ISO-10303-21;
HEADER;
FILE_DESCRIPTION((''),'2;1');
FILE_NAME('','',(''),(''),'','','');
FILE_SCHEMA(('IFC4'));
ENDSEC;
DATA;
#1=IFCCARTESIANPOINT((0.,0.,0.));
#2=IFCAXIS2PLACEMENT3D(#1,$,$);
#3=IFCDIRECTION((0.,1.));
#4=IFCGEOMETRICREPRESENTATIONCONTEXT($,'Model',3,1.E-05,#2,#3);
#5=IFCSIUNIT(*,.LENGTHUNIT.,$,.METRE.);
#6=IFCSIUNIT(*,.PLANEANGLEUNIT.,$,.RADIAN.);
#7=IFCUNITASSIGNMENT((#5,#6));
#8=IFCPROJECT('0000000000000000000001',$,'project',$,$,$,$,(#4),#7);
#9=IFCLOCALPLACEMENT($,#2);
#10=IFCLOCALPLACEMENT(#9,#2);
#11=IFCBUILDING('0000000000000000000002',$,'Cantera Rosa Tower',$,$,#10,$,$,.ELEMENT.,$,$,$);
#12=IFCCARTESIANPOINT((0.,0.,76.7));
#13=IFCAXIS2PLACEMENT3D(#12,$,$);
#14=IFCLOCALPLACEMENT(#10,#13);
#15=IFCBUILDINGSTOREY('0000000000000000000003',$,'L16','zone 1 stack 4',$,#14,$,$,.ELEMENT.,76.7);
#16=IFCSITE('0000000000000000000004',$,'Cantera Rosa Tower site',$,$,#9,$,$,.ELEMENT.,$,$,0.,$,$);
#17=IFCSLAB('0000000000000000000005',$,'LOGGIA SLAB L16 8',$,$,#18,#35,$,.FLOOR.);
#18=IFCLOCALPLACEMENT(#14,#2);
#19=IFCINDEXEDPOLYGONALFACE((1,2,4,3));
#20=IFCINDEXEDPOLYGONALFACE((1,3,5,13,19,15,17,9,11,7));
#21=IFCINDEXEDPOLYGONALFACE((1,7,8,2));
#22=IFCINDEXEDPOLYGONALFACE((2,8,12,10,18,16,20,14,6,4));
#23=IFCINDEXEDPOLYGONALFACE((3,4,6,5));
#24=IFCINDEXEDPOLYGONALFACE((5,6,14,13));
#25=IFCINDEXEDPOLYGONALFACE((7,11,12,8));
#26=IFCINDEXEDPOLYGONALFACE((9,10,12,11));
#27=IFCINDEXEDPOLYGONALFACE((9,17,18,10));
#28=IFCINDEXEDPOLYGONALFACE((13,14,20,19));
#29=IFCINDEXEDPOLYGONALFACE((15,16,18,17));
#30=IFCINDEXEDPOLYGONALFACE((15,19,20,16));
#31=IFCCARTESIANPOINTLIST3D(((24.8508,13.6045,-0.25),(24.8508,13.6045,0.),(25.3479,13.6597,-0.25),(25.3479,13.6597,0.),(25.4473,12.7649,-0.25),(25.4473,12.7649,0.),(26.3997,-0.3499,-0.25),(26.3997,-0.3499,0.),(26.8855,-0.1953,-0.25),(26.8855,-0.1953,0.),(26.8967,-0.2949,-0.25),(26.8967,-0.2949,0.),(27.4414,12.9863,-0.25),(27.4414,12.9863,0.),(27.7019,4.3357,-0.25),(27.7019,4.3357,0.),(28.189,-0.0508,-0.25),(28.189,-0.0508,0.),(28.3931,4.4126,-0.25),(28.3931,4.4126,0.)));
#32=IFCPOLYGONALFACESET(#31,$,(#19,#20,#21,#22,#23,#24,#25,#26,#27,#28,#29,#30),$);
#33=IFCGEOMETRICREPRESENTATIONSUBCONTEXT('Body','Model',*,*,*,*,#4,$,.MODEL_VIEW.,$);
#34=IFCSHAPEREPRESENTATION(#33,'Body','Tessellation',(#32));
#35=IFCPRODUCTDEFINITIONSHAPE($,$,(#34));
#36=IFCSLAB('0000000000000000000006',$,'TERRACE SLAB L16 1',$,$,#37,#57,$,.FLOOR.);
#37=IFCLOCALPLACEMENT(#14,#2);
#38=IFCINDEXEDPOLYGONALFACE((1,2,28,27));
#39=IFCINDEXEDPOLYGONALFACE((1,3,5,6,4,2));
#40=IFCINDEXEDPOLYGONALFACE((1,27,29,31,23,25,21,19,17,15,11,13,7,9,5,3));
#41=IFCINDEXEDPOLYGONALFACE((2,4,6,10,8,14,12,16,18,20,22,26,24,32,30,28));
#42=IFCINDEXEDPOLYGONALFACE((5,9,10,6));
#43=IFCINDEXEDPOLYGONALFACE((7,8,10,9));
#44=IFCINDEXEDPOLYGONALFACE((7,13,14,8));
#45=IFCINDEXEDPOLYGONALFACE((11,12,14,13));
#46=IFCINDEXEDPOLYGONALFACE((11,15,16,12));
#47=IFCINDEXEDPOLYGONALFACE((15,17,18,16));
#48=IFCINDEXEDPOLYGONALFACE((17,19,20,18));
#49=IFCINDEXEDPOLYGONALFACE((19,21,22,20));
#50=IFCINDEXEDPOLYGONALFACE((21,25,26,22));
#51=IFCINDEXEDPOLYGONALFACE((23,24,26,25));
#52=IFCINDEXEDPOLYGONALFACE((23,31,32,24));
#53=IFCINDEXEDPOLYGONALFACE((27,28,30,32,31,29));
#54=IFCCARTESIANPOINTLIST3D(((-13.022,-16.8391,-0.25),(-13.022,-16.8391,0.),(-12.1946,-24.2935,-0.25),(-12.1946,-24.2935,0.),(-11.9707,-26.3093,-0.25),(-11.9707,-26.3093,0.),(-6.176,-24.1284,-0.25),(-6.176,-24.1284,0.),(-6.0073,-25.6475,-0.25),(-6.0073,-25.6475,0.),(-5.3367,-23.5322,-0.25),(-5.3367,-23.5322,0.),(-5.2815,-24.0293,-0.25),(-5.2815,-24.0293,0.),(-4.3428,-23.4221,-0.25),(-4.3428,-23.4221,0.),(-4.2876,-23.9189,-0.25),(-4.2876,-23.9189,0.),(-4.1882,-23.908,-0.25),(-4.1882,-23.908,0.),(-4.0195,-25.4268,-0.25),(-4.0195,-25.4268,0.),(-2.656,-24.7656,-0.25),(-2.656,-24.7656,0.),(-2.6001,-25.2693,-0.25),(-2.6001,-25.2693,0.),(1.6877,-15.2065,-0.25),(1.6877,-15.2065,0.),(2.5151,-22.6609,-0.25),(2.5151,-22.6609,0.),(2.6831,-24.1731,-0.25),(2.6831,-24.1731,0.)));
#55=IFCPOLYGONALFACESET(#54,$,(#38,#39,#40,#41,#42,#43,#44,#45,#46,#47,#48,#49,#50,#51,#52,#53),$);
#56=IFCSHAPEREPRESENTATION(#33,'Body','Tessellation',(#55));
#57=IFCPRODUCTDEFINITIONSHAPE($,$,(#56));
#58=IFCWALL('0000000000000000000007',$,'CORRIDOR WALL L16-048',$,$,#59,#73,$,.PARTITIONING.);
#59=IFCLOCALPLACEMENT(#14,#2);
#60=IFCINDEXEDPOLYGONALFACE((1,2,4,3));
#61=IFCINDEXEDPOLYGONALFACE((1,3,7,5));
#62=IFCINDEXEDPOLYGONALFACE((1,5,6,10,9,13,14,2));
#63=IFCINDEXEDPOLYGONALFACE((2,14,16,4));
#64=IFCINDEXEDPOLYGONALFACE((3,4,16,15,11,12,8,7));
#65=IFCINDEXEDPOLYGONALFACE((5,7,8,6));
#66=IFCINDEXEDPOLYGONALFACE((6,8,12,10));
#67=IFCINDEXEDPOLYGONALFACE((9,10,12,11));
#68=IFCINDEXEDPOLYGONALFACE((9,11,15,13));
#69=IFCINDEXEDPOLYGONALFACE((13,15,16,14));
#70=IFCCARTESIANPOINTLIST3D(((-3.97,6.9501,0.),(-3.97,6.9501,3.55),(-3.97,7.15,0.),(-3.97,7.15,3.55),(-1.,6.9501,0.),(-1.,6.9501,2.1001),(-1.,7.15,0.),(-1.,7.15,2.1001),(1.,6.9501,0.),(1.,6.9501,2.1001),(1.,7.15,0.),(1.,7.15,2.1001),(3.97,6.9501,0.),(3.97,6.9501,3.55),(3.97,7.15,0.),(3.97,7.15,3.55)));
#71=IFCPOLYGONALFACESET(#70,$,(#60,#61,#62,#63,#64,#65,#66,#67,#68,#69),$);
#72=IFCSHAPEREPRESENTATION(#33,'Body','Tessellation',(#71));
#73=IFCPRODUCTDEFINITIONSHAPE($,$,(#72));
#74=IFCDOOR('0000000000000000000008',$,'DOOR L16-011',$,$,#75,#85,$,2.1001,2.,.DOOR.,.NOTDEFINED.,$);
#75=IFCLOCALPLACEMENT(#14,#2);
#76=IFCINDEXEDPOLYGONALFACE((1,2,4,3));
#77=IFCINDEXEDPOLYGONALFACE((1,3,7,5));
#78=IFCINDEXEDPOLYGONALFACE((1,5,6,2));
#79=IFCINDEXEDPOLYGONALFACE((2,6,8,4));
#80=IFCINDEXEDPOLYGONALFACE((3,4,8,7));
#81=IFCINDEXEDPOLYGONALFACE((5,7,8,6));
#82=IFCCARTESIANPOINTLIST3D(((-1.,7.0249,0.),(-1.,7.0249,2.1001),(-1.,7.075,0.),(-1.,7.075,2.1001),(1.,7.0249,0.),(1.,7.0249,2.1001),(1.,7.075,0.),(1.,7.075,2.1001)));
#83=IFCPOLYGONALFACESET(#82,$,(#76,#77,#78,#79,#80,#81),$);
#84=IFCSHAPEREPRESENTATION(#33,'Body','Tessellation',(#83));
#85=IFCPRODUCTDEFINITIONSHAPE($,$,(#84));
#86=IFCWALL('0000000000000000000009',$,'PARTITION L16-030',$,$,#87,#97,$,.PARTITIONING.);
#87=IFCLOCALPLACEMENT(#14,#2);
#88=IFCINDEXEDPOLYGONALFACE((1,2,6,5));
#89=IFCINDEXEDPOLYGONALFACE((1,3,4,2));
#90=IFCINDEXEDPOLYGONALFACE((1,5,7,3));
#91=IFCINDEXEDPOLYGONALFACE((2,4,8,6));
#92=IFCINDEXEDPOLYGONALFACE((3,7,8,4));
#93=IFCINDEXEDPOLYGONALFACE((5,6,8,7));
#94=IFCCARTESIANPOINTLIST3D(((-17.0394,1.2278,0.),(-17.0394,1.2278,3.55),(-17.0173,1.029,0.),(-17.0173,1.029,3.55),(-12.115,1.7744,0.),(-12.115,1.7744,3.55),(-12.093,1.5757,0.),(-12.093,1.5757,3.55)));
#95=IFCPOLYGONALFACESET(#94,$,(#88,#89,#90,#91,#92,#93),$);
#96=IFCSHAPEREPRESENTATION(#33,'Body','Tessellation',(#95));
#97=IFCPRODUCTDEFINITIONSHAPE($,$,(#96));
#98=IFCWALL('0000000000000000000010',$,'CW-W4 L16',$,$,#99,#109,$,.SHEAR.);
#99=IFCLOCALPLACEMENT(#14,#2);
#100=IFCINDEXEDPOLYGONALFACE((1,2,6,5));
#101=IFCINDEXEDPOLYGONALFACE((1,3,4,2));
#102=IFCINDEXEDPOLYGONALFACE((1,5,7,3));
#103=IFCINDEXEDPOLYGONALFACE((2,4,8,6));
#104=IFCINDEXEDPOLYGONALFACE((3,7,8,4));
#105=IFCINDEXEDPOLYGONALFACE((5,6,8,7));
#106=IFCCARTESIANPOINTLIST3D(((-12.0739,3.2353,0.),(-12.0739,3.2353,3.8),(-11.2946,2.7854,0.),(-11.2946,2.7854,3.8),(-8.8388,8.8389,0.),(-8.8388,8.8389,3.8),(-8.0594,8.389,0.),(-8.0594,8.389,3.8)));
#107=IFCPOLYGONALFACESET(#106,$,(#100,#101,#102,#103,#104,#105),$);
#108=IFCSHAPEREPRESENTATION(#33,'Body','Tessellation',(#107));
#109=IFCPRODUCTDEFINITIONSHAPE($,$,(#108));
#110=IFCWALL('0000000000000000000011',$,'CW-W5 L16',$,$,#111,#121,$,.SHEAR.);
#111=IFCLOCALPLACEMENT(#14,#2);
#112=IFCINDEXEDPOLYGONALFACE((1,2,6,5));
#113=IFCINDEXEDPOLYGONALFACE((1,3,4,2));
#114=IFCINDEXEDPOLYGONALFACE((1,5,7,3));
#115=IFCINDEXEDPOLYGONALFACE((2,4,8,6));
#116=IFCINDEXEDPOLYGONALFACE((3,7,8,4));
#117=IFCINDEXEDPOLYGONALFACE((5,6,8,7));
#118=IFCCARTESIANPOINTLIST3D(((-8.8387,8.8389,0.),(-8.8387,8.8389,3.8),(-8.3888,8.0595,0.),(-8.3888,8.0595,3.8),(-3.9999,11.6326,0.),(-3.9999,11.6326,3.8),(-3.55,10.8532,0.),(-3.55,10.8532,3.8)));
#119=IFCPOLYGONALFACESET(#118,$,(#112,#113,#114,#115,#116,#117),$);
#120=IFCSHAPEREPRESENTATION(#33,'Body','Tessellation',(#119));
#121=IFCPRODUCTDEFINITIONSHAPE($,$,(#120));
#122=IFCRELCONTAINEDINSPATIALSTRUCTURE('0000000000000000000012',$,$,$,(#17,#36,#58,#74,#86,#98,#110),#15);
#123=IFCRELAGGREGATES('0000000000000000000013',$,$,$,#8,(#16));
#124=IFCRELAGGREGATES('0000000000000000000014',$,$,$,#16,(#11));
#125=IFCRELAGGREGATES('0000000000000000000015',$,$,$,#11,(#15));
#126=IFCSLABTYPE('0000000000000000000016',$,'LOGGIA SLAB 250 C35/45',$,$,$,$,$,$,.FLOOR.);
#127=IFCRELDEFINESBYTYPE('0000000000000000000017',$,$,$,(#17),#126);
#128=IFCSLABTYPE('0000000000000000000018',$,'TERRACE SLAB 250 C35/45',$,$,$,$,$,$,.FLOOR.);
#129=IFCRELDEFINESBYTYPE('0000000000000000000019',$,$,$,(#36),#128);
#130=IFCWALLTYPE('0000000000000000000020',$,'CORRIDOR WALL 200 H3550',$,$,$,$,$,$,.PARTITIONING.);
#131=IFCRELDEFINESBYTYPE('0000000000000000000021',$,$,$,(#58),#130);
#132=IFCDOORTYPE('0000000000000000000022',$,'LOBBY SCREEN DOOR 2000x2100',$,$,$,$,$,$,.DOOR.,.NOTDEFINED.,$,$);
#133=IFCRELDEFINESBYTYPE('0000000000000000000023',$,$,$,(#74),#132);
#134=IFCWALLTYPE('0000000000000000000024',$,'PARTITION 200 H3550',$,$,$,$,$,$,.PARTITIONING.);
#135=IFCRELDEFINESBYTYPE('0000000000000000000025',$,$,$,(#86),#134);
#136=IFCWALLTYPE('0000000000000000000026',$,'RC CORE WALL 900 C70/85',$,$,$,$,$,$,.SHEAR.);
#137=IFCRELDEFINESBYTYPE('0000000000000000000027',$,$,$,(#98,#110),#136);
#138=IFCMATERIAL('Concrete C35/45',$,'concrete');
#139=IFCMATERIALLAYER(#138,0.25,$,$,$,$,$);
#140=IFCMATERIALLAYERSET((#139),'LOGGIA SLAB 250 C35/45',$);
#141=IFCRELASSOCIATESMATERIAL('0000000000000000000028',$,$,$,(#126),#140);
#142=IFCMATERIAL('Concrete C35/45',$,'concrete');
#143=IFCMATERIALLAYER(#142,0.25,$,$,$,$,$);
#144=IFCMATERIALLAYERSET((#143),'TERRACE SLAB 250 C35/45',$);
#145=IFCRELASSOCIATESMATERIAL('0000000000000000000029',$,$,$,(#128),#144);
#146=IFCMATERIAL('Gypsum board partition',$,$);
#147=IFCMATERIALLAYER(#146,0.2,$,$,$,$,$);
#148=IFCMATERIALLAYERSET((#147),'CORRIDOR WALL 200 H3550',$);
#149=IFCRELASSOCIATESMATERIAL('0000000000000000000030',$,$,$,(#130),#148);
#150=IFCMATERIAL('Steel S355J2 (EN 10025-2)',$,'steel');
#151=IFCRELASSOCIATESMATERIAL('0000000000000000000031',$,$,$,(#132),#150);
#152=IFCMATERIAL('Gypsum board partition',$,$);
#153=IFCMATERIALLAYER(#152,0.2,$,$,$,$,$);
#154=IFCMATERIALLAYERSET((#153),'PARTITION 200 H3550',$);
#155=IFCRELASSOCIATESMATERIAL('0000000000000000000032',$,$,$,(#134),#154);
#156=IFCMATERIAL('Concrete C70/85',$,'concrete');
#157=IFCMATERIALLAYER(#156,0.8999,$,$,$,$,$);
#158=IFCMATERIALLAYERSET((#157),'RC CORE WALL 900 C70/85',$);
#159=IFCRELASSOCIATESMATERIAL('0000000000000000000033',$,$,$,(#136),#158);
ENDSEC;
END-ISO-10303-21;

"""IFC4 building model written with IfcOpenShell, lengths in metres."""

from ifc_helpers import new_model, si_unit, direction, frame, frame_2d, origin, place, context, subcontext, project, spatial, polyline, rectangle, outline, extrude, material, layer, layer_set, type_object, element, fill, save


model = new_model("IFC4")

# Units and contexts
model_context = context("Model", 3, precision=1e-05, world=origin(), true_north=direction((0.0, 1.0)))
body_context = subcontext(model_context, "Body", "Model", "MODEL_VIEW")
ifc_project = project(units=[si_unit("LENGTHUNIT", "METRE"), si_unit("PLANEANGLEUNIT", "RADIAN")], contexts=[model_context])

# Site, building, storey
site_placement = place(None, origin())
site = spatial("IfcSite", under=ifc_project, at=site_placement, Name="Cantera Rosa Tower site", CompositionType="ELEMENT", RefElevation=0.0)
building_placement = place(site_placement, origin())
building = spatial("IfcBuilding", under=site, at=building_placement, Name="Cantera Rosa Tower", CompositionType="ELEMENT")
storey_placement = place(building_placement, frame((0.0, 0.0, 76.7)))
storey = spatial("IfcBuildingStorey", under=building, at=storey_placement, Name="L16", Description="zone 1 stack 4", CompositionType="ELEMENT", Elevation=76.7)

# Slabs
ifc_material_1 = material(Name="Concrete C35/45", Category="concrete")
ifc_layer_1 = layer(ifc_material_1, 0.25)
ifc_layer_set_1 = layer_set([ifc_layer_1], Name="LOGGIA SLAB 250 C35/45")
slab_type_1 = type_object("IfcSlabType", Name="LOGGIA SLAB 250 C35/45", PredefinedType="FLOOR", material=ifc_layer_set_1)
slab_1_placement = place(storey_placement, frame((0.0, 0.0, -0.25)))
element("IfcSlab", 1, at=slab_1_placement, inside=storey, type_object=slab_type_1, Name="LOGGIA SLAB L16 8", PredefinedType="FLOOR", context=body_context, shape_type="SweptSolid", body=[
    extrude(outline(polyline([(26.3997, -0.3499), (24.8508, 13.6045), (25.3479, 13.6597), (25.4473, 12.7649), (27.4414, 12.9863), (28.3931, 4.4126), (27.7019, 4.3357), (28.189, -0.0508), (26.8855, -0.1953), (26.8967, -0.2949), (26.3997, -0.3499)])), origin(), (0.0, 0.0, 1.0), 0.25),
])
ifc_material_2 = material(Name="Concrete C35/45", Category="concrete")
ifc_layer_2 = layer(ifc_material_2, 0.25)
ifc_layer_set_2 = layer_set([ifc_layer_2], Name="TERRACE SLAB 250 C35/45")
slab_type_2 = type_object("IfcSlabType", Name="TERRACE SLAB 250 C35/45", PredefinedType="FLOOR", material=ifc_layer_set_2)
slab_2_placement = place(storey_placement, frame((0.0, 0.0, -0.25)))
element("IfcSlab", 2, at=slab_2_placement, inside=storey, type_object=slab_type_2, Name="TERRACE SLAB L16 1", PredefinedType="FLOOR", context=body_context, shape_type="SweptSolid", body=[
    extrude(outline(polyline([(2.6831, -24.1731), (-2.656, -24.7656), (-2.6001, -25.2693), (-4.0195, -25.4268), (-4.1882, -23.908), (-4.2876, -23.9189), (-4.3428, -23.4221), (-5.3367, -23.5322), (-5.2815, -24.0293), (-6.176, -24.1284), (-6.0073, -25.6475), (-11.9707, -26.3093), (-12.1946, -24.2935), (-13.022, -16.8391), (1.6877, -15.2065), (2.5151, -22.6609), (2.6831, -24.1731)])), origin(), (0.0, 0.0, 1.0), 0.25),
])

# Wall, opening, door
ifc_material_3 = material(Name="Gypsum board partition")
ifc_layer_3 = layer(ifc_material_3, 0.2)
ifc_layer_set_3 = layer_set([ifc_layer_3], Name="CORRIDOR WALL 200 H3550")
wall_type_1 = type_object("IfcWallType", Name="CORRIDOR WALL 200 H3550", PredefinedType="PARTITIONING", material=ifc_layer_set_3)
wall_1_placement = place(storey_placement, frame((-3.97, 7.05, 0.0), z_axis=(0.0, 0.0, 1.0), x_axis=(1.0, 0.0, 0.0)))
wall_1 = element("IfcWall", 3, at=wall_1_placement, inside=storey, type_object=wall_type_1, Name="CORRIDOR WALL L16-048", PredefinedType="PARTITIONING", context=body_context, shape_type="SweptSolid", body=[
    extrude(rectangle(XDim=7.9399, YDim=0.2, at=frame_2d((3.97, 0.0))), origin(), (0.0, 0.0, 1.0), 3.55),
])
opening_1_placement = place(wall_1_placement, frame((2.97, 0.0, 0.0)))
opening_1 = element("IfcOpeningElement", 4, at=opening_1_placement, cuts=wall_1, PredefinedType="OPENING", context=body_context, shape_type="SweptSolid", body=[
    extrude(rectangle(XDim=2.0, YDim=2.1001, at=frame_2d((1.0, 1.05))), frame((0.0, 0.1099, 0.0), z_axis=(0.0, -1.0, 0.0), x_axis=(1.0, 0.0, 0.0)), (0.0, 0.0, 1.0), 0.22),
])
ifc_material_4 = material(Name="Steel S355J2 (EN 10025-2)", Category="steel")
door_type_1 = type_object("IfcDoorType", Name="LOBBY SCREEN DOOR 2000x2100", OperationType="NOTDEFINED", PredefinedType="DOOR", material=ifc_material_4)
door_1_placement = place(opening_1_placement, origin())
door_1 = element("IfcDoor", 5, at=door_1_placement, inside=storey, type_object=door_type_1, Name="DOOR L16-011", OperationType="NOTDEFINED", OverallHeight=2.1001, OverallWidth=2.0, PredefinedType="DOOR", context=body_context, shape_type="SweptSolid", body=[
    extrude(rectangle(XDim=2.0, YDim=2.1001, at=frame_2d((1.0, 1.05))), frame((0.0, 0.0249, 0.0), z_axis=(0.0, -1.0, 0.0), x_axis=(1.0, 0.0, 0.0)), (0.0, 0.0, 1.0), 0.05),
])
fill(opening_1, door_1)

# Walls
ifc_material_5 = material(Name="Gypsum board partition")
ifc_layer_4 = layer(ifc_material_5, 0.2)
ifc_layer_set_4 = layer_set([ifc_layer_4], Name="PARTITION 200 H3550")
wall_type_2 = type_object("IfcWallType", Name="PARTITION 200 H3550", PredefinedType="PARTITIONING", material=ifc_layer_set_4)
wall_2_placement = place(storey_placement, frame((-12.104, 1.675, 0.0), z_axis=(0.0, 0.0, 1.0), x_axis=(-0.993895, -0.110329, 0.0)))
element("IfcWall", 6, at=wall_2_placement, inside=storey, type_object=wall_type_2, Name="PARTITION L16-030", PredefinedType="PARTITIONING", context=body_context, shape_type="SweptSolid", body=[
    extrude(rectangle(XDim=4.9546, YDim=0.2, at=frame_2d((2.4773, 0.0))), origin(), (0.0, 0.0, 1.0), 3.55),
])
ifc_material_6 = material(Name="Concrete C70/85", Category="concrete")
ifc_layer_5 = layer(ifc_material_6, 0.8999)
ifc_layer_set_5 = layer_set([ifc_layer_5], Name="RC CORE WALL 900 C70/85")
wall_type_3 = type_object("IfcWallType", Name="RC CORE WALL 900 C70/85", PredefinedType="SHEAR", material=ifc_layer_set_5)
wall_3_placement = place(storey_placement, frame((-11.6843, 3.0103, 0.0), z_axis=(0.0, 0.0, 1.0), x_axis=(0.49999, 0.866031, 0.0)))
element("IfcWall", 7, at=wall_3_placement, inside=storey, type_object=wall_type_3, Name="CW-W4 L16", PredefinedType="SHEAR", context=body_context, shape_type="SweptSolid", body=[
    extrude(rectangle(XDim=6.4705, YDim=0.8999, at=frame_2d((3.2354, 0.0))), origin(), (0.0, 0.0, 1.0), 3.8),
])
wall_4_placement = place(storey_placement, frame((-8.6138, 8.4492, 0.0), z_axis=(0.0, 0.0, 1.0), x_axis=(0.866027, 0.499997, 0.0)))
element("IfcWall", 8, at=wall_4_placement, inside=storey, type_object=wall_type_3, Name="CW-W5 L16", PredefinedType="SHEAR", context=body_context, shape_type="SweptSolid", body=[
    extrude(rectangle(XDim=5.5874, YDim=0.8999, at=frame_2d((2.7937, 0.0))), origin(), (0.0, 0.0, 1.0), 3.8),
])

save(model, "model.ifc")
